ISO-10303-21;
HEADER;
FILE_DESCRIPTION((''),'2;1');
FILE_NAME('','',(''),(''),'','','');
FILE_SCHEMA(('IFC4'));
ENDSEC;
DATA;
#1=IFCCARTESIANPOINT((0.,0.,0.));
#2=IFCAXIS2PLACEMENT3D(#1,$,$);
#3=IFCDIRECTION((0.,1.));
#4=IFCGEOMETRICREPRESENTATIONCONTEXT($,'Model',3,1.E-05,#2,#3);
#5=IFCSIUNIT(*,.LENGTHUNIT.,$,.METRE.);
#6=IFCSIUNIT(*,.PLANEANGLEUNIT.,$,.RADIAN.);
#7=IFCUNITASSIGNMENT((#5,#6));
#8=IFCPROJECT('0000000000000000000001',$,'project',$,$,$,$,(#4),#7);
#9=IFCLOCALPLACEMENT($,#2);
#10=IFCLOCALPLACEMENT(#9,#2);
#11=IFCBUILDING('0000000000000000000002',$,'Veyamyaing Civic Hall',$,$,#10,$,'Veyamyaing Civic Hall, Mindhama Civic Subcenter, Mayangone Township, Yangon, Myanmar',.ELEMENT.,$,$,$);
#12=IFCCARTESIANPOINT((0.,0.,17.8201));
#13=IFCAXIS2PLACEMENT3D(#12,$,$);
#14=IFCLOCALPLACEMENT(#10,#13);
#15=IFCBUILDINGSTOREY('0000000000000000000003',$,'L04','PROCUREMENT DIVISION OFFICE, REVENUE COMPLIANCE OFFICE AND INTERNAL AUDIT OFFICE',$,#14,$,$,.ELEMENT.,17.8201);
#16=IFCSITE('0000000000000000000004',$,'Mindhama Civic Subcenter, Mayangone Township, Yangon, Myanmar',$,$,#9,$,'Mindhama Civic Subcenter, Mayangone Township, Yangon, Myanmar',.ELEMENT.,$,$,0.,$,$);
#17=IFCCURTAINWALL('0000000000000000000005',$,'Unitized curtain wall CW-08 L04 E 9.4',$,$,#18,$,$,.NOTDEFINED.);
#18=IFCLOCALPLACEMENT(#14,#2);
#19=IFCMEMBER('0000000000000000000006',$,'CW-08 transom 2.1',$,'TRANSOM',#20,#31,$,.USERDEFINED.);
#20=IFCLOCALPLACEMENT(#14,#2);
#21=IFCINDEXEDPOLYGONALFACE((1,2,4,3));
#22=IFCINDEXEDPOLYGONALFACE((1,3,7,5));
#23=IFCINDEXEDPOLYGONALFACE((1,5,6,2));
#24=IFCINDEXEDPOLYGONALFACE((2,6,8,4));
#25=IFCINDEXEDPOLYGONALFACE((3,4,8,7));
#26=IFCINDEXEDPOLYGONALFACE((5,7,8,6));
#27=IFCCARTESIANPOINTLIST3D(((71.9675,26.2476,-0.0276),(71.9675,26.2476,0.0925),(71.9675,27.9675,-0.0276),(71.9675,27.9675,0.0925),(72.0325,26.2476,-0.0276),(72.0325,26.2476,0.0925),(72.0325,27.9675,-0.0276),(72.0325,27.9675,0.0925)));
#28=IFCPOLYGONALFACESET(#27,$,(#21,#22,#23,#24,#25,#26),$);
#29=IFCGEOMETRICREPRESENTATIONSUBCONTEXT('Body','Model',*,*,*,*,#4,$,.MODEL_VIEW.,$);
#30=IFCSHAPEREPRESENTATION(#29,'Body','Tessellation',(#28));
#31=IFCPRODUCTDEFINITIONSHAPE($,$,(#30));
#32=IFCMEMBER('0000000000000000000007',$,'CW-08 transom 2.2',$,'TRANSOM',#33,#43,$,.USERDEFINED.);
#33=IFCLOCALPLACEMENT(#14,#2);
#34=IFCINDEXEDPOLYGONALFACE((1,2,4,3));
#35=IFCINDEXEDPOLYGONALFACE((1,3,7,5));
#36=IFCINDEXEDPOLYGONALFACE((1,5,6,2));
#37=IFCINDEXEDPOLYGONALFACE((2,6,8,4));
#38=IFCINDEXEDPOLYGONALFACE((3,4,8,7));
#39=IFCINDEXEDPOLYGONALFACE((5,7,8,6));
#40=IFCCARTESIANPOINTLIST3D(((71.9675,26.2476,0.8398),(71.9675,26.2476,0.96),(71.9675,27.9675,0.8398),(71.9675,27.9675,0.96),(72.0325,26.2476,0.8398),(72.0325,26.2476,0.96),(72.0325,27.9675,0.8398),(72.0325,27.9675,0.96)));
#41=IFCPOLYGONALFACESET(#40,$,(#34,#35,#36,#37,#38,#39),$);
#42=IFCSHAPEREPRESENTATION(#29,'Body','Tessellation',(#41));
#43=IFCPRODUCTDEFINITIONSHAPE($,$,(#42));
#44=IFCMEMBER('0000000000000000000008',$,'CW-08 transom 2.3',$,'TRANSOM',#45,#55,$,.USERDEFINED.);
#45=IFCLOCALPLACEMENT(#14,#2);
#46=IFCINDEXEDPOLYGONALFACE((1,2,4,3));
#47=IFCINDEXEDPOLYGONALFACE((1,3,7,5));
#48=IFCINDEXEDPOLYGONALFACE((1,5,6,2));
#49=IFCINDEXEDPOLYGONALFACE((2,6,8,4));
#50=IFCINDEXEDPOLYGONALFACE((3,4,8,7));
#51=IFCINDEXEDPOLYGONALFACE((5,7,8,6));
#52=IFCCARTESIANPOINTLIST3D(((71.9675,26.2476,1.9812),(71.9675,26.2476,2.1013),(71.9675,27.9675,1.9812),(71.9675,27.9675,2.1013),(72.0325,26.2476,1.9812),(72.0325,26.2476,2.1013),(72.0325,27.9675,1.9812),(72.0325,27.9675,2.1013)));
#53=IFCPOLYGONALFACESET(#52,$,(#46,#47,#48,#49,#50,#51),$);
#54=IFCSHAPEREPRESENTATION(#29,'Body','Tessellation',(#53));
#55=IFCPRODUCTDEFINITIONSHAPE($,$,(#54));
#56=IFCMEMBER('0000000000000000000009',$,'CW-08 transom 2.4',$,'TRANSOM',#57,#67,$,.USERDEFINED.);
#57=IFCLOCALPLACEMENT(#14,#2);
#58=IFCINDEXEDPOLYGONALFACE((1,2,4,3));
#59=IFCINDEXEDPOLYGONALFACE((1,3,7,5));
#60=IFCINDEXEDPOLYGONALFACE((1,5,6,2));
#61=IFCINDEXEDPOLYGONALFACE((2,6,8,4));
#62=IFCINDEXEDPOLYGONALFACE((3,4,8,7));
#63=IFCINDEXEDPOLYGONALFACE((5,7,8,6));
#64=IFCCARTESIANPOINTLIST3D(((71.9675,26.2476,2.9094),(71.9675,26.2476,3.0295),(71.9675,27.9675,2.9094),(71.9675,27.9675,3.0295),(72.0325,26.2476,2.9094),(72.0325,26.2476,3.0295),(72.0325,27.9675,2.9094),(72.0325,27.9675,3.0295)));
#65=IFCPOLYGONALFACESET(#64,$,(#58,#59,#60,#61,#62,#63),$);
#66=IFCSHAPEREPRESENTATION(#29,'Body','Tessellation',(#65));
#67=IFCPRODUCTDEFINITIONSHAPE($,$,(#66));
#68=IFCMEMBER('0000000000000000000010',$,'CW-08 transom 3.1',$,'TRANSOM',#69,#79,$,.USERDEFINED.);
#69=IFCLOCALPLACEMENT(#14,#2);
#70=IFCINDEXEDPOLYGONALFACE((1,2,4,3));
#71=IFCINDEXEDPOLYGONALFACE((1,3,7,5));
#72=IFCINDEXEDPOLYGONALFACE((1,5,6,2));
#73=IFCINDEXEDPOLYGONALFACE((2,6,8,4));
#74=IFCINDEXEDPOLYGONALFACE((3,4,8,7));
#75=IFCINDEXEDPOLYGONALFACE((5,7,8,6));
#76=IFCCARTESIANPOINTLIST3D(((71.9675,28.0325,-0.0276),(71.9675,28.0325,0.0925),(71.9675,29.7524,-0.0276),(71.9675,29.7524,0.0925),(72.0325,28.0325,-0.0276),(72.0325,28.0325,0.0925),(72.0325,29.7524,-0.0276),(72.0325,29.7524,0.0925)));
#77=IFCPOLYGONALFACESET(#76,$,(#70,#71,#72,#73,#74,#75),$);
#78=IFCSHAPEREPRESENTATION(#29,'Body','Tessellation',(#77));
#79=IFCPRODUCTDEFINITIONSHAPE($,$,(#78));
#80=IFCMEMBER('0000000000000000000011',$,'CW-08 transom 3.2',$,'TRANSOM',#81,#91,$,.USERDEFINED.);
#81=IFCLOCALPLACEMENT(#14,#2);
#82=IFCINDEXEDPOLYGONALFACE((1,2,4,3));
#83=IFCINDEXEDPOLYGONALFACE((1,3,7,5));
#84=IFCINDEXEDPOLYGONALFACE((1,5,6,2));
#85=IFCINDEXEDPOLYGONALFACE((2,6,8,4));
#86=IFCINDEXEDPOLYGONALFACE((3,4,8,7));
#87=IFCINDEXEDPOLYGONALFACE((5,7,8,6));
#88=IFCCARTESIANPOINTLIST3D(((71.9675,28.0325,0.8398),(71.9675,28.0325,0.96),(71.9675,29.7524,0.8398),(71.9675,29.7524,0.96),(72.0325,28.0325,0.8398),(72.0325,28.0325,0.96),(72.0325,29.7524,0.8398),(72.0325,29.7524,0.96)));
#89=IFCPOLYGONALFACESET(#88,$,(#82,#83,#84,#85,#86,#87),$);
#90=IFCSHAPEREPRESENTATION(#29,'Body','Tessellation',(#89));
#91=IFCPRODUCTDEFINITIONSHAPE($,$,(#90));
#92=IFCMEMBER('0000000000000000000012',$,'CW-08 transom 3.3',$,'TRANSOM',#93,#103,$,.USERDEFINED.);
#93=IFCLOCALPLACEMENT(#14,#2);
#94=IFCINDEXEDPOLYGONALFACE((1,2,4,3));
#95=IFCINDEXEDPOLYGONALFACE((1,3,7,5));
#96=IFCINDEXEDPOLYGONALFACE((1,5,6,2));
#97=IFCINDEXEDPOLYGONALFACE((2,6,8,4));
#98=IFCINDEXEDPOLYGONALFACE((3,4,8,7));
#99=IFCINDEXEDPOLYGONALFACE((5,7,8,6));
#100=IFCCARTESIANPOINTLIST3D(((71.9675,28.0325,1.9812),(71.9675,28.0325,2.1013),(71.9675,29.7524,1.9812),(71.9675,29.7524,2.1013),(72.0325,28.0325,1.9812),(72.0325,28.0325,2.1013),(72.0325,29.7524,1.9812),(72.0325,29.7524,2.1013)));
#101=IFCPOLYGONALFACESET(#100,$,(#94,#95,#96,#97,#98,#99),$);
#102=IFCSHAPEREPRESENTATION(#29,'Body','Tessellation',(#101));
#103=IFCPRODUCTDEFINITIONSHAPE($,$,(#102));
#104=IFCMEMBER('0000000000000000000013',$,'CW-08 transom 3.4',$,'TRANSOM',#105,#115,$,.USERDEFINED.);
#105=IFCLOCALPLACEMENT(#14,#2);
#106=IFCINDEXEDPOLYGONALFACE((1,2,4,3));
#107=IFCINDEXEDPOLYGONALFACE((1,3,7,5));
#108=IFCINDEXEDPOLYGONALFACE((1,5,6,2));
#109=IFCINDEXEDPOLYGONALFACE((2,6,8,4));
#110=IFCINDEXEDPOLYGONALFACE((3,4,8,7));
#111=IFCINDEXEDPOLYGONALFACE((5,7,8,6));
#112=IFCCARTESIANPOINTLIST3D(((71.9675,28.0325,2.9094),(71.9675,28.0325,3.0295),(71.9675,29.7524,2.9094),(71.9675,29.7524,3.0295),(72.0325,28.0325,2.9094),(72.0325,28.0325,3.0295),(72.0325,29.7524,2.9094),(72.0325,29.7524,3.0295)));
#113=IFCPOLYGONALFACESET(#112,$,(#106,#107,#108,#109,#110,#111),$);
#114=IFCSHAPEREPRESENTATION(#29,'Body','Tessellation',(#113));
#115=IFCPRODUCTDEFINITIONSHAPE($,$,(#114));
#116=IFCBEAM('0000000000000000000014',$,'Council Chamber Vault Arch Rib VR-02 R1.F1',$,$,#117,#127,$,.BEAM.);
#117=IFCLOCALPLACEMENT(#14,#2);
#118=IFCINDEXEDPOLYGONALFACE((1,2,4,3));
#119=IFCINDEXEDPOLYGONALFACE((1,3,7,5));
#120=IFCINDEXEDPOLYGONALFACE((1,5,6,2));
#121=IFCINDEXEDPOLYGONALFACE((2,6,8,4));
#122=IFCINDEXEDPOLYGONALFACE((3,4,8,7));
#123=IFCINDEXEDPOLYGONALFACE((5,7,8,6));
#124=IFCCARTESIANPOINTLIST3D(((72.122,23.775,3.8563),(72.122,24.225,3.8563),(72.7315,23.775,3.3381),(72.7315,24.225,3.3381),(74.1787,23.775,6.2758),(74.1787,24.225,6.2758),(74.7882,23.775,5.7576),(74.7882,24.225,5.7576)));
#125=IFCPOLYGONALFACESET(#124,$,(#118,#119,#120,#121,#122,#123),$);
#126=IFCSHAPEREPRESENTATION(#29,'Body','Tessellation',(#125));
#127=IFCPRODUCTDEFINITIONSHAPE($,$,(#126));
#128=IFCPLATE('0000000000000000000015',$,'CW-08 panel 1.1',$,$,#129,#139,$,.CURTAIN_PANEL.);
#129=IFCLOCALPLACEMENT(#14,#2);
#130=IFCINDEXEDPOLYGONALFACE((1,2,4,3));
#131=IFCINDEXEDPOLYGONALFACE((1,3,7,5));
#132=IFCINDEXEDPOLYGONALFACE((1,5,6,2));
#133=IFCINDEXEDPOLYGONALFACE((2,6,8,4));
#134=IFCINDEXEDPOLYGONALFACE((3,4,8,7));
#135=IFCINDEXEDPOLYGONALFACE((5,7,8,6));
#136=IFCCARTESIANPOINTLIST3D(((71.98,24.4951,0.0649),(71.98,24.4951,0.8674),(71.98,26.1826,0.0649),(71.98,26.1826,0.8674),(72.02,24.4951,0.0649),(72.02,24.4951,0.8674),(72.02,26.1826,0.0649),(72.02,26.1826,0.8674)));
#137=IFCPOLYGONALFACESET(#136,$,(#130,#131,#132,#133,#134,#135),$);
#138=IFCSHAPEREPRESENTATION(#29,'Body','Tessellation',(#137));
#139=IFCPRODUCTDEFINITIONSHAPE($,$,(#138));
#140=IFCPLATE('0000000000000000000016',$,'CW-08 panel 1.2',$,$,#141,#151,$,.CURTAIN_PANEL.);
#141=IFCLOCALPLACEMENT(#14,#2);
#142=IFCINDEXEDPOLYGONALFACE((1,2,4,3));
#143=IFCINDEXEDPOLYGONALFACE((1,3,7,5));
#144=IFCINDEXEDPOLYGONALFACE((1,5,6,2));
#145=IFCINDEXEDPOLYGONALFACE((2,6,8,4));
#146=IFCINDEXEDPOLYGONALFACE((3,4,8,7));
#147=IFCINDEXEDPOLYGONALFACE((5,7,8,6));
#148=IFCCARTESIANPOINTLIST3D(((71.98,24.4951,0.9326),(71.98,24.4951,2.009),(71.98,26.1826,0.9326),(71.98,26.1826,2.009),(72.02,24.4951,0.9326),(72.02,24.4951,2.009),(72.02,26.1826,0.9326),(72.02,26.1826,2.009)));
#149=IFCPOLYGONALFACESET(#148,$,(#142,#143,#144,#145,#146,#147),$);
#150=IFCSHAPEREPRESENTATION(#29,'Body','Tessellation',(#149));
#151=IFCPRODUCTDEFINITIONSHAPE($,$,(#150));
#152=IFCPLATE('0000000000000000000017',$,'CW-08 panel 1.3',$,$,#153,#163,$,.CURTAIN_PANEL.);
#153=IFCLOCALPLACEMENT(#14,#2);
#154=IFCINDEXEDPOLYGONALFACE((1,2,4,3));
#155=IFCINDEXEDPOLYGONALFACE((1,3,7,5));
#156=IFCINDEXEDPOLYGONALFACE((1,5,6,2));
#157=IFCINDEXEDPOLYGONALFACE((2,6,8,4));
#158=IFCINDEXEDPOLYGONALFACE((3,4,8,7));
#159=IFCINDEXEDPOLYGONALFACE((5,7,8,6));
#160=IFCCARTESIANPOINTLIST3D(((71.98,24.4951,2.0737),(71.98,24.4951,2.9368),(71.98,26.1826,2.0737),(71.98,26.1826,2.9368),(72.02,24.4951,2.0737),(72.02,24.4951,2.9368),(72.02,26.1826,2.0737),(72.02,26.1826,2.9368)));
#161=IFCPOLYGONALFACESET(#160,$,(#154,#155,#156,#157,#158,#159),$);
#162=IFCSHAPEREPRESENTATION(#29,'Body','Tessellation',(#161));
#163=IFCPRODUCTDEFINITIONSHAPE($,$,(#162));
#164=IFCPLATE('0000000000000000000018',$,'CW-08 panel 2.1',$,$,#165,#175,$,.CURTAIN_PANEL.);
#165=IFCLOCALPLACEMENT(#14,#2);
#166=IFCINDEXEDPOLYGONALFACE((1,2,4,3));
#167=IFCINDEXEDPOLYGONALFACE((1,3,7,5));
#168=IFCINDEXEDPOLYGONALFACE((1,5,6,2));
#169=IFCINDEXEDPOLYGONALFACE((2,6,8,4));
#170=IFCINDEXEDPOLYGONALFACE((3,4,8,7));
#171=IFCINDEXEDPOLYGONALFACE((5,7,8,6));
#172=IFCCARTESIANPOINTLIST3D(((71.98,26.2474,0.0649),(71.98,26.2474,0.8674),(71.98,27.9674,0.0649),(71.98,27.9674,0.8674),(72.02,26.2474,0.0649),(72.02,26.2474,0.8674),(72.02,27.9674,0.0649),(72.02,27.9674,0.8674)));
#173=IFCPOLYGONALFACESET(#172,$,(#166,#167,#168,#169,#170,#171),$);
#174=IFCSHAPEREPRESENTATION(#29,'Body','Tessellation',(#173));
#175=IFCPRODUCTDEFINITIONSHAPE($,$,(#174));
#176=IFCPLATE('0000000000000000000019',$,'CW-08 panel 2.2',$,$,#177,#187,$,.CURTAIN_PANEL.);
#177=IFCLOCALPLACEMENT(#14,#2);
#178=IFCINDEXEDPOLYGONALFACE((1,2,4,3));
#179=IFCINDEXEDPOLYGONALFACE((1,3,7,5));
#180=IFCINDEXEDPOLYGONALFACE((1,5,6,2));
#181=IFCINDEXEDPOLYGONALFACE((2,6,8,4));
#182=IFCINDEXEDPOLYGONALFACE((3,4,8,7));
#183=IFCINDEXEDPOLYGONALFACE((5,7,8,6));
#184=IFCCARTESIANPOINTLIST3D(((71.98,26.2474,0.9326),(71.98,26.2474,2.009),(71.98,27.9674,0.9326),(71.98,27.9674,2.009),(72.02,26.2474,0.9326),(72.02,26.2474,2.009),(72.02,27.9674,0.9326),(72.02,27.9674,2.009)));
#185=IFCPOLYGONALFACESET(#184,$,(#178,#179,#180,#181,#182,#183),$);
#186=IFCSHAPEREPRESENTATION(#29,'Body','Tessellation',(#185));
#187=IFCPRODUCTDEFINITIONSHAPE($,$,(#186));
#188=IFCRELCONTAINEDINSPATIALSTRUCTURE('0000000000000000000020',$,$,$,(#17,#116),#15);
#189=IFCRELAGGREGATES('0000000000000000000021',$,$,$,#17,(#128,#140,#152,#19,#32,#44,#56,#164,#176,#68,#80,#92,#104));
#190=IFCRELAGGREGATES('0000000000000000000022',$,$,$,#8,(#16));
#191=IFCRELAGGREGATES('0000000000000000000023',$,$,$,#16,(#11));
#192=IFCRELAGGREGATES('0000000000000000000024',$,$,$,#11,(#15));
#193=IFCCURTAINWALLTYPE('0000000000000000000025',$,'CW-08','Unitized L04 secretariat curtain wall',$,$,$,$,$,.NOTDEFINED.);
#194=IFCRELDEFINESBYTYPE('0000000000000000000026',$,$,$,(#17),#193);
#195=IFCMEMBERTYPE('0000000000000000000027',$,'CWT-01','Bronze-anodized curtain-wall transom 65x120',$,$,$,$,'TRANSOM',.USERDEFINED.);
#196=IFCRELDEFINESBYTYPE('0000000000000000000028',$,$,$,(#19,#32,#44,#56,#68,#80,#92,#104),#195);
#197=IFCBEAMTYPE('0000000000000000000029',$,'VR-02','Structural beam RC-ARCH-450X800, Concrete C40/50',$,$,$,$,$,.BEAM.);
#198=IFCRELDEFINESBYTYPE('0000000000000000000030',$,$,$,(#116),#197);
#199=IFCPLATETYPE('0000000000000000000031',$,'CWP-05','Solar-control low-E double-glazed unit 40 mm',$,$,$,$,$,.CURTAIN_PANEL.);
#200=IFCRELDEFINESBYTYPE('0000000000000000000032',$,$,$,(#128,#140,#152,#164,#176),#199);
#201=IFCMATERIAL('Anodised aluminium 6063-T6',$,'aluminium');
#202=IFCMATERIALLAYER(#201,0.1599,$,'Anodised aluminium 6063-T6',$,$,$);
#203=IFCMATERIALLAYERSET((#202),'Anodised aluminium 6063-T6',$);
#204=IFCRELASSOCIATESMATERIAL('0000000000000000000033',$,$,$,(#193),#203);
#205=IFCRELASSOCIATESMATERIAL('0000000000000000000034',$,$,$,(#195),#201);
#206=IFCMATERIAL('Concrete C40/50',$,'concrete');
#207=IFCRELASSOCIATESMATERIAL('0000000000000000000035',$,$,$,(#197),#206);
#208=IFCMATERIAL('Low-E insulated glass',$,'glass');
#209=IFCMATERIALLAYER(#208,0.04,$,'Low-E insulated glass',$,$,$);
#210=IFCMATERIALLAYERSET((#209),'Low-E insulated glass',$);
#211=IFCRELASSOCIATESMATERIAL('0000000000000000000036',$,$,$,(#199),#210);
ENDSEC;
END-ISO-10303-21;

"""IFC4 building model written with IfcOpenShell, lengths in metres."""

from ifc_helpers import new_model, si_unit, direction, frame, origin, origin_2d, place, context, subcontext, project, spatial, rectangle, extrude, material, layer, layer_set, material_profile, profile_set, type_object, element, aggregate, save


model = new_model("IFC4")

# Units and contexts
model_context = context("Model", 3, precision=1e-05, world=origin(), true_north=direction((0.0, 1.0)))
body_context = subcontext(model_context, "Body", "Model", "MODEL_VIEW")
ifc_project = project(units=[si_unit("LENGTHUNIT", "METRE"), si_unit("PLANEANGLEUNIT", "RADIAN")], contexts=[model_context])

# Site, building, storey
site_placement = place(None, origin())
site = spatial("IfcSite", under=ifc_project, at=site_placement, Name="Mindhama Civic Subcenter, Mayangone Township, Yangon, Myanmar", LongName="Mindhama Civic Subcenter, Mayangone Township, Yangon, Myanmar", CompositionType="ELEMENT", RefElevation=0.0)
building_placement = place(site_placement, origin())
building = spatial("IfcBuilding", under=site, at=building_placement, Name="Veyamyaing Civic Hall", LongName="Veyamyaing Civic Hall, Mindhama Civic Subcenter, Mayangone Township, Yangon, Myanmar", CompositionType="ELEMENT")
storey_placement = place(building_placement, frame((0.0, 0.0, 17.8201)))
storey = spatial("IfcBuildingStorey", under=building, at=storey_placement, Name="L04", Description="PROCUREMENT DIVISION OFFICE, REVENUE COMPLIANCE OFFICE AND INTERNAL AUDIT OFFICE", CompositionType="ELEMENT", Elevation=17.8201)

# Curtain wall, members
ifc_material_1 = material(Name="Anodised aluminium 6063-T6", Category="aluminium")
ifc_layer_1 = layer(ifc_material_1, 0.1599, Name="Anodised aluminium 6063-T6")
ifc_layer_set_1 = layer_set([ifc_layer_1], Name="Anodised aluminium 6063-T6")
curtain_wall_type = type_object("IfcCurtainWallType", Name="CW-08", Description="Unitized L04 secretariat curtain wall", PredefinedType="NOTDEFINED", material=ifc_layer_set_1)
curtain_wall_placement = place(storey_placement, origin())
curtain_wall = element("IfcCurtainWall", 1, at=curtain_wall_placement, inside=storey, type_object=curtain_wall_type, Name="Unitized curtain wall CW-08 L04 E 9.4", PredefinedType="NOTDEFINED")
ifc_material_profile_1 = material_profile(ifc_material_1, rectangle(XDim=0.0649, YDim=0.1201, at=origin_2d()), Name="ALU-TRN-65X120")
ifc_profile_set_1 = profile_set([ifc_material_profile_1], Name="Anodised aluminium 6063-T6")
member_type_1 = type_object("IfcMemberType", Name="CWT-01", Description="Bronze-anodized curtain-wall transom 65x120", ElementType="TRANSOM", PredefinedType="USERDEFINED", material=ifc_profile_set_1)
member_1_placement = place(storey_placement, frame((72.0, 26.2476, 0.0325), z_axis=(0.0, 1.0, 0.0), x_axis=(-1.0, 0.0, 0.0)))
member_1 = element("IfcMember", 2, at=member_1_placement, type_object=member_type_1, Name="CW-08 transom 2.1", ObjectType="TRANSOM", PredefinedType="USERDEFINED", context=body_context, shape_type="SweptSolid", body=[
    extrude(rectangle(XDim=0.0649, YDim=0.1201, at=origin_2d()), origin(), (0.0, 0.0, 1.0), 1.72),
])
member_2_placement = place(storey_placement, frame((72.0, 26.2476, 0.8999), z_axis=(0.0, 1.0, 0.0), x_axis=(-1.0, 0.0, 0.0)))
member_2 = element("IfcMember", 3, at=member_2_placement, type_object=member_type_1, Name="CW-08 transom 2.2", ObjectType="TRANSOM", PredefinedType="USERDEFINED", context=body_context, shape_type="SweptSolid", body=[
    extrude(rectangle(XDim=0.0649, YDim=0.1201, at=origin_2d()), origin(), (0.0, 0.0, 1.0), 1.72),
])
member_3_placement = place(storey_placement, frame((72.0, 26.2476, 2.0413), z_axis=(0.0, 1.0, 0.0), x_axis=(-1.0, 0.0, 0.0)))
member_3 = element("IfcMember", 4, at=member_3_placement, type_object=member_type_1, Name="CW-08 transom 2.3", ObjectType="TRANSOM", PredefinedType="USERDEFINED", context=body_context, shape_type="SweptSolid", body=[
    extrude(rectangle(XDim=0.0649, YDim=0.1201, at=origin_2d()), origin(), (0.0, 0.0, 1.0), 1.72),
])
member_4_placement = place(storey_placement, frame((72.0, 26.2476, 2.9695), z_axis=(0.0, 1.0, 0.0), x_axis=(-1.0, 0.0, 0.0)))
member_4 = element("IfcMember", 5, at=member_4_placement, type_object=member_type_1, Name="CW-08 transom 2.4", ObjectType="TRANSOM", PredefinedType="USERDEFINED", context=body_context, shape_type="SweptSolid", body=[
    extrude(rectangle(XDim=0.0649, YDim=0.1201, at=origin_2d()), origin(), (0.0, 0.0, 1.0), 1.72),
])
member_5_placement = place(storey_placement, frame((72.0, 28.0325, 0.0325), z_axis=(0.0, 1.0, 0.0), x_axis=(-1.0, 0.0, 0.0)))
member_5 = element("IfcMember", 6, at=member_5_placement, type_object=member_type_1, Name="CW-08 transom 3.1", ObjectType="TRANSOM", PredefinedType="USERDEFINED", context=body_context, shape_type="SweptSolid", body=[
    extrude(rectangle(XDim=0.0649, YDim=0.1201, at=origin_2d()), origin(), (0.0, 0.0, 1.0), 1.72),
])
member_6_placement = place(storey_placement, frame((72.0, 28.0325, 0.8999), z_axis=(0.0, 1.0, 0.0), x_axis=(-1.0, 0.0, 0.0)))
member_6 = element("IfcMember", 7, at=member_6_placement, type_object=member_type_1, Name="CW-08 transom 3.2", ObjectType="TRANSOM", PredefinedType="USERDEFINED", context=body_context, shape_type="SweptSolid", body=[
    extrude(rectangle(XDim=0.0649, YDim=0.1201, at=origin_2d()), origin(), (0.0, 0.0, 1.0), 1.72),
])
member_7_placement = place(storey_placement, frame((72.0, 28.0325, 2.0413), z_axis=(0.0, 1.0, 0.0), x_axis=(-1.0, 0.0, 0.0)))
member_7 = element("IfcMember", 8, at=member_7_placement, type_object=member_type_1, Name="CW-08 transom 3.3", ObjectType="TRANSOM", PredefinedType="USERDEFINED", context=body_context, shape_type="SweptSolid", body=[
    extrude(rectangle(XDim=0.0649, YDim=0.1201, at=origin_2d()), origin(), (0.0, 0.0, 1.0), 1.72),
])
member_8_placement = place(storey_placement, frame((72.0, 28.0325, 2.9695), z_axis=(0.0, 1.0, 0.0), x_axis=(-1.0, 0.0, 0.0)))
member_8 = element("IfcMember", 9, at=member_8_placement, type_object=member_type_1, Name="CW-08 transom 3.4", ObjectType="TRANSOM", PredefinedType="USERDEFINED", context=body_context, shape_type="SweptSolid", body=[
    extrude(rectangle(XDim=0.0649, YDim=0.1201, at=origin_2d()), origin(), (0.0, 0.0, 1.0), 1.72),
])

# Beam
ifc_material_2 = material(Name="Concrete C40/50", Category="concrete")
ifc_material_profile_2 = material_profile(ifc_material_2, rectangle(XDim=0.45, YDim=0.8, at=origin_2d()), Name="RC-ARCH-450X800")
ifc_profile_set_2 = profile_set([ifc_material_profile_2], Name="Concrete C40/50")
beam_type_1 = type_object("IfcBeamType", Name="VR-02", Description="Structural beam RC-ARCH-450X800, Concrete C40/50", PredefinedType="BEAM", material=ifc_profile_set_2)
beam_1_placement = place(storey_placement, frame((72.4268, 24.0, 3.5972), z_axis=(0.647671, 0.0, 0.76192), x_axis=(0.0, 1.0, 0.0)))
element("IfcBeam", 10, at=beam_1_placement, inside=storey, type_object=beam_type_1, Name="Council Chamber Vault Arch Rib VR-02 R1.F1", PredefinedType="BEAM", context=body_context, shape_type="SweptSolid", body=[
    extrude(rectangle(XDim=0.45, YDim=0.8, at=origin_2d()), origin(), (0.0, 0.0, 1.0), 3.1755),
])

# Plates
ifc_material_3 = material(Name="Low-E insulated glass", Category="glass")
ifc_layer_2 = layer(ifc_material_3, 0.04, Name="Low-E insulated glass")
ifc_layer_set_2 = layer_set([ifc_layer_2], Name="Low-E insulated glass")
plate_type = type_object("IfcPlateType", Name="CWP-05", Description="Solar-control low-E double-glazed unit 40 mm", PredefinedType="CURTAIN_PANEL", material=ifc_layer_set_2)
plate_1_placement = place(storey_placement, frame((72.0, 25.3389, 0.0649), z_axis=(0.0, 0.0, 1.0), x_axis=(0.0, 1.0, 0.0)))
plate_1 = element("IfcPlate", 11, at=plate_1_placement, type_object=plate_type, Name="CW-08 panel 1.1", PredefinedType="CURTAIN_PANEL", context=body_context, shape_type="SweptSolid", body=[
    extrude(rectangle(XDim=1.6875, YDim=0.04, at=origin_2d()), origin(), (0.0, 0.0, 1.0), 0.8025),
])
plate_2_placement = place(storey_placement, frame((72.0, 25.3389, 0.9326), z_axis=(0.0, 0.0, 1.0), x_axis=(0.0, 1.0, 0.0)))
plate_2 = element("IfcPlate", 12, at=plate_2_placement, type_object=plate_type, Name="CW-08 panel 1.2", PredefinedType="CURTAIN_PANEL", context=body_context, shape_type="SweptSolid", body=[
    extrude(rectangle(XDim=1.6875, YDim=0.04, at=origin_2d()), origin(), (0.0, 0.0, 1.0), 1.0764),
])
plate_3_placement = place(storey_placement, frame((72.0, 25.3389, 2.0737), z_axis=(0.0, 0.0, 1.0), x_axis=(0.0, 1.0, 0.0)))
plate_3 = element("IfcPlate", 13, at=plate_3_placement, type_object=plate_type, Name="CW-08 panel 1.3", PredefinedType="CURTAIN_PANEL", context=body_context, shape_type="SweptSolid", body=[
    extrude(rectangle(XDim=1.6875, YDim=0.04, at=origin_2d()), origin(), (0.0, 0.0, 1.0), 0.863),
])
plate_4_placement = place(storey_placement, frame((72.0, 27.1074, 0.0649), z_axis=(0.0, 0.0, 1.0), x_axis=(0.0, 1.0, 0.0)))
plate_4 = element("IfcPlate", 14, at=plate_4_placement, type_object=plate_type, Name="CW-08 panel 2.1", PredefinedType="CURTAIN_PANEL", context=body_context, shape_type="SweptSolid", body=[
    extrude(rectangle(XDim=1.72, YDim=0.04, at=origin_2d()), origin(), (0.0, 0.0, 1.0), 0.8025),
])
plate_5_placement = place(storey_placement, frame((72.0, 27.1074, 0.9326), z_axis=(0.0, 0.0, 1.0), x_axis=(0.0, 1.0, 0.0)))
plate_5 = element("IfcPlate", 15, at=plate_5_placement, type_object=plate_type, Name="CW-08 panel 2.2", PredefinedType="CURTAIN_PANEL", context=body_context, shape_type="SweptSolid", body=[
    extrude(rectangle(XDim=1.72, YDim=0.04, at=origin_2d()), origin(), (0.0, 0.0, 1.0), 1.0764),
])
aggregate(curtain_wall, [plate_1, plate_2, plate_3, member_1, member_2, member_3, member_4, plate_4, plate_5, member_5, member_6, member_7, member_8])

save(model, "model.ifc")
